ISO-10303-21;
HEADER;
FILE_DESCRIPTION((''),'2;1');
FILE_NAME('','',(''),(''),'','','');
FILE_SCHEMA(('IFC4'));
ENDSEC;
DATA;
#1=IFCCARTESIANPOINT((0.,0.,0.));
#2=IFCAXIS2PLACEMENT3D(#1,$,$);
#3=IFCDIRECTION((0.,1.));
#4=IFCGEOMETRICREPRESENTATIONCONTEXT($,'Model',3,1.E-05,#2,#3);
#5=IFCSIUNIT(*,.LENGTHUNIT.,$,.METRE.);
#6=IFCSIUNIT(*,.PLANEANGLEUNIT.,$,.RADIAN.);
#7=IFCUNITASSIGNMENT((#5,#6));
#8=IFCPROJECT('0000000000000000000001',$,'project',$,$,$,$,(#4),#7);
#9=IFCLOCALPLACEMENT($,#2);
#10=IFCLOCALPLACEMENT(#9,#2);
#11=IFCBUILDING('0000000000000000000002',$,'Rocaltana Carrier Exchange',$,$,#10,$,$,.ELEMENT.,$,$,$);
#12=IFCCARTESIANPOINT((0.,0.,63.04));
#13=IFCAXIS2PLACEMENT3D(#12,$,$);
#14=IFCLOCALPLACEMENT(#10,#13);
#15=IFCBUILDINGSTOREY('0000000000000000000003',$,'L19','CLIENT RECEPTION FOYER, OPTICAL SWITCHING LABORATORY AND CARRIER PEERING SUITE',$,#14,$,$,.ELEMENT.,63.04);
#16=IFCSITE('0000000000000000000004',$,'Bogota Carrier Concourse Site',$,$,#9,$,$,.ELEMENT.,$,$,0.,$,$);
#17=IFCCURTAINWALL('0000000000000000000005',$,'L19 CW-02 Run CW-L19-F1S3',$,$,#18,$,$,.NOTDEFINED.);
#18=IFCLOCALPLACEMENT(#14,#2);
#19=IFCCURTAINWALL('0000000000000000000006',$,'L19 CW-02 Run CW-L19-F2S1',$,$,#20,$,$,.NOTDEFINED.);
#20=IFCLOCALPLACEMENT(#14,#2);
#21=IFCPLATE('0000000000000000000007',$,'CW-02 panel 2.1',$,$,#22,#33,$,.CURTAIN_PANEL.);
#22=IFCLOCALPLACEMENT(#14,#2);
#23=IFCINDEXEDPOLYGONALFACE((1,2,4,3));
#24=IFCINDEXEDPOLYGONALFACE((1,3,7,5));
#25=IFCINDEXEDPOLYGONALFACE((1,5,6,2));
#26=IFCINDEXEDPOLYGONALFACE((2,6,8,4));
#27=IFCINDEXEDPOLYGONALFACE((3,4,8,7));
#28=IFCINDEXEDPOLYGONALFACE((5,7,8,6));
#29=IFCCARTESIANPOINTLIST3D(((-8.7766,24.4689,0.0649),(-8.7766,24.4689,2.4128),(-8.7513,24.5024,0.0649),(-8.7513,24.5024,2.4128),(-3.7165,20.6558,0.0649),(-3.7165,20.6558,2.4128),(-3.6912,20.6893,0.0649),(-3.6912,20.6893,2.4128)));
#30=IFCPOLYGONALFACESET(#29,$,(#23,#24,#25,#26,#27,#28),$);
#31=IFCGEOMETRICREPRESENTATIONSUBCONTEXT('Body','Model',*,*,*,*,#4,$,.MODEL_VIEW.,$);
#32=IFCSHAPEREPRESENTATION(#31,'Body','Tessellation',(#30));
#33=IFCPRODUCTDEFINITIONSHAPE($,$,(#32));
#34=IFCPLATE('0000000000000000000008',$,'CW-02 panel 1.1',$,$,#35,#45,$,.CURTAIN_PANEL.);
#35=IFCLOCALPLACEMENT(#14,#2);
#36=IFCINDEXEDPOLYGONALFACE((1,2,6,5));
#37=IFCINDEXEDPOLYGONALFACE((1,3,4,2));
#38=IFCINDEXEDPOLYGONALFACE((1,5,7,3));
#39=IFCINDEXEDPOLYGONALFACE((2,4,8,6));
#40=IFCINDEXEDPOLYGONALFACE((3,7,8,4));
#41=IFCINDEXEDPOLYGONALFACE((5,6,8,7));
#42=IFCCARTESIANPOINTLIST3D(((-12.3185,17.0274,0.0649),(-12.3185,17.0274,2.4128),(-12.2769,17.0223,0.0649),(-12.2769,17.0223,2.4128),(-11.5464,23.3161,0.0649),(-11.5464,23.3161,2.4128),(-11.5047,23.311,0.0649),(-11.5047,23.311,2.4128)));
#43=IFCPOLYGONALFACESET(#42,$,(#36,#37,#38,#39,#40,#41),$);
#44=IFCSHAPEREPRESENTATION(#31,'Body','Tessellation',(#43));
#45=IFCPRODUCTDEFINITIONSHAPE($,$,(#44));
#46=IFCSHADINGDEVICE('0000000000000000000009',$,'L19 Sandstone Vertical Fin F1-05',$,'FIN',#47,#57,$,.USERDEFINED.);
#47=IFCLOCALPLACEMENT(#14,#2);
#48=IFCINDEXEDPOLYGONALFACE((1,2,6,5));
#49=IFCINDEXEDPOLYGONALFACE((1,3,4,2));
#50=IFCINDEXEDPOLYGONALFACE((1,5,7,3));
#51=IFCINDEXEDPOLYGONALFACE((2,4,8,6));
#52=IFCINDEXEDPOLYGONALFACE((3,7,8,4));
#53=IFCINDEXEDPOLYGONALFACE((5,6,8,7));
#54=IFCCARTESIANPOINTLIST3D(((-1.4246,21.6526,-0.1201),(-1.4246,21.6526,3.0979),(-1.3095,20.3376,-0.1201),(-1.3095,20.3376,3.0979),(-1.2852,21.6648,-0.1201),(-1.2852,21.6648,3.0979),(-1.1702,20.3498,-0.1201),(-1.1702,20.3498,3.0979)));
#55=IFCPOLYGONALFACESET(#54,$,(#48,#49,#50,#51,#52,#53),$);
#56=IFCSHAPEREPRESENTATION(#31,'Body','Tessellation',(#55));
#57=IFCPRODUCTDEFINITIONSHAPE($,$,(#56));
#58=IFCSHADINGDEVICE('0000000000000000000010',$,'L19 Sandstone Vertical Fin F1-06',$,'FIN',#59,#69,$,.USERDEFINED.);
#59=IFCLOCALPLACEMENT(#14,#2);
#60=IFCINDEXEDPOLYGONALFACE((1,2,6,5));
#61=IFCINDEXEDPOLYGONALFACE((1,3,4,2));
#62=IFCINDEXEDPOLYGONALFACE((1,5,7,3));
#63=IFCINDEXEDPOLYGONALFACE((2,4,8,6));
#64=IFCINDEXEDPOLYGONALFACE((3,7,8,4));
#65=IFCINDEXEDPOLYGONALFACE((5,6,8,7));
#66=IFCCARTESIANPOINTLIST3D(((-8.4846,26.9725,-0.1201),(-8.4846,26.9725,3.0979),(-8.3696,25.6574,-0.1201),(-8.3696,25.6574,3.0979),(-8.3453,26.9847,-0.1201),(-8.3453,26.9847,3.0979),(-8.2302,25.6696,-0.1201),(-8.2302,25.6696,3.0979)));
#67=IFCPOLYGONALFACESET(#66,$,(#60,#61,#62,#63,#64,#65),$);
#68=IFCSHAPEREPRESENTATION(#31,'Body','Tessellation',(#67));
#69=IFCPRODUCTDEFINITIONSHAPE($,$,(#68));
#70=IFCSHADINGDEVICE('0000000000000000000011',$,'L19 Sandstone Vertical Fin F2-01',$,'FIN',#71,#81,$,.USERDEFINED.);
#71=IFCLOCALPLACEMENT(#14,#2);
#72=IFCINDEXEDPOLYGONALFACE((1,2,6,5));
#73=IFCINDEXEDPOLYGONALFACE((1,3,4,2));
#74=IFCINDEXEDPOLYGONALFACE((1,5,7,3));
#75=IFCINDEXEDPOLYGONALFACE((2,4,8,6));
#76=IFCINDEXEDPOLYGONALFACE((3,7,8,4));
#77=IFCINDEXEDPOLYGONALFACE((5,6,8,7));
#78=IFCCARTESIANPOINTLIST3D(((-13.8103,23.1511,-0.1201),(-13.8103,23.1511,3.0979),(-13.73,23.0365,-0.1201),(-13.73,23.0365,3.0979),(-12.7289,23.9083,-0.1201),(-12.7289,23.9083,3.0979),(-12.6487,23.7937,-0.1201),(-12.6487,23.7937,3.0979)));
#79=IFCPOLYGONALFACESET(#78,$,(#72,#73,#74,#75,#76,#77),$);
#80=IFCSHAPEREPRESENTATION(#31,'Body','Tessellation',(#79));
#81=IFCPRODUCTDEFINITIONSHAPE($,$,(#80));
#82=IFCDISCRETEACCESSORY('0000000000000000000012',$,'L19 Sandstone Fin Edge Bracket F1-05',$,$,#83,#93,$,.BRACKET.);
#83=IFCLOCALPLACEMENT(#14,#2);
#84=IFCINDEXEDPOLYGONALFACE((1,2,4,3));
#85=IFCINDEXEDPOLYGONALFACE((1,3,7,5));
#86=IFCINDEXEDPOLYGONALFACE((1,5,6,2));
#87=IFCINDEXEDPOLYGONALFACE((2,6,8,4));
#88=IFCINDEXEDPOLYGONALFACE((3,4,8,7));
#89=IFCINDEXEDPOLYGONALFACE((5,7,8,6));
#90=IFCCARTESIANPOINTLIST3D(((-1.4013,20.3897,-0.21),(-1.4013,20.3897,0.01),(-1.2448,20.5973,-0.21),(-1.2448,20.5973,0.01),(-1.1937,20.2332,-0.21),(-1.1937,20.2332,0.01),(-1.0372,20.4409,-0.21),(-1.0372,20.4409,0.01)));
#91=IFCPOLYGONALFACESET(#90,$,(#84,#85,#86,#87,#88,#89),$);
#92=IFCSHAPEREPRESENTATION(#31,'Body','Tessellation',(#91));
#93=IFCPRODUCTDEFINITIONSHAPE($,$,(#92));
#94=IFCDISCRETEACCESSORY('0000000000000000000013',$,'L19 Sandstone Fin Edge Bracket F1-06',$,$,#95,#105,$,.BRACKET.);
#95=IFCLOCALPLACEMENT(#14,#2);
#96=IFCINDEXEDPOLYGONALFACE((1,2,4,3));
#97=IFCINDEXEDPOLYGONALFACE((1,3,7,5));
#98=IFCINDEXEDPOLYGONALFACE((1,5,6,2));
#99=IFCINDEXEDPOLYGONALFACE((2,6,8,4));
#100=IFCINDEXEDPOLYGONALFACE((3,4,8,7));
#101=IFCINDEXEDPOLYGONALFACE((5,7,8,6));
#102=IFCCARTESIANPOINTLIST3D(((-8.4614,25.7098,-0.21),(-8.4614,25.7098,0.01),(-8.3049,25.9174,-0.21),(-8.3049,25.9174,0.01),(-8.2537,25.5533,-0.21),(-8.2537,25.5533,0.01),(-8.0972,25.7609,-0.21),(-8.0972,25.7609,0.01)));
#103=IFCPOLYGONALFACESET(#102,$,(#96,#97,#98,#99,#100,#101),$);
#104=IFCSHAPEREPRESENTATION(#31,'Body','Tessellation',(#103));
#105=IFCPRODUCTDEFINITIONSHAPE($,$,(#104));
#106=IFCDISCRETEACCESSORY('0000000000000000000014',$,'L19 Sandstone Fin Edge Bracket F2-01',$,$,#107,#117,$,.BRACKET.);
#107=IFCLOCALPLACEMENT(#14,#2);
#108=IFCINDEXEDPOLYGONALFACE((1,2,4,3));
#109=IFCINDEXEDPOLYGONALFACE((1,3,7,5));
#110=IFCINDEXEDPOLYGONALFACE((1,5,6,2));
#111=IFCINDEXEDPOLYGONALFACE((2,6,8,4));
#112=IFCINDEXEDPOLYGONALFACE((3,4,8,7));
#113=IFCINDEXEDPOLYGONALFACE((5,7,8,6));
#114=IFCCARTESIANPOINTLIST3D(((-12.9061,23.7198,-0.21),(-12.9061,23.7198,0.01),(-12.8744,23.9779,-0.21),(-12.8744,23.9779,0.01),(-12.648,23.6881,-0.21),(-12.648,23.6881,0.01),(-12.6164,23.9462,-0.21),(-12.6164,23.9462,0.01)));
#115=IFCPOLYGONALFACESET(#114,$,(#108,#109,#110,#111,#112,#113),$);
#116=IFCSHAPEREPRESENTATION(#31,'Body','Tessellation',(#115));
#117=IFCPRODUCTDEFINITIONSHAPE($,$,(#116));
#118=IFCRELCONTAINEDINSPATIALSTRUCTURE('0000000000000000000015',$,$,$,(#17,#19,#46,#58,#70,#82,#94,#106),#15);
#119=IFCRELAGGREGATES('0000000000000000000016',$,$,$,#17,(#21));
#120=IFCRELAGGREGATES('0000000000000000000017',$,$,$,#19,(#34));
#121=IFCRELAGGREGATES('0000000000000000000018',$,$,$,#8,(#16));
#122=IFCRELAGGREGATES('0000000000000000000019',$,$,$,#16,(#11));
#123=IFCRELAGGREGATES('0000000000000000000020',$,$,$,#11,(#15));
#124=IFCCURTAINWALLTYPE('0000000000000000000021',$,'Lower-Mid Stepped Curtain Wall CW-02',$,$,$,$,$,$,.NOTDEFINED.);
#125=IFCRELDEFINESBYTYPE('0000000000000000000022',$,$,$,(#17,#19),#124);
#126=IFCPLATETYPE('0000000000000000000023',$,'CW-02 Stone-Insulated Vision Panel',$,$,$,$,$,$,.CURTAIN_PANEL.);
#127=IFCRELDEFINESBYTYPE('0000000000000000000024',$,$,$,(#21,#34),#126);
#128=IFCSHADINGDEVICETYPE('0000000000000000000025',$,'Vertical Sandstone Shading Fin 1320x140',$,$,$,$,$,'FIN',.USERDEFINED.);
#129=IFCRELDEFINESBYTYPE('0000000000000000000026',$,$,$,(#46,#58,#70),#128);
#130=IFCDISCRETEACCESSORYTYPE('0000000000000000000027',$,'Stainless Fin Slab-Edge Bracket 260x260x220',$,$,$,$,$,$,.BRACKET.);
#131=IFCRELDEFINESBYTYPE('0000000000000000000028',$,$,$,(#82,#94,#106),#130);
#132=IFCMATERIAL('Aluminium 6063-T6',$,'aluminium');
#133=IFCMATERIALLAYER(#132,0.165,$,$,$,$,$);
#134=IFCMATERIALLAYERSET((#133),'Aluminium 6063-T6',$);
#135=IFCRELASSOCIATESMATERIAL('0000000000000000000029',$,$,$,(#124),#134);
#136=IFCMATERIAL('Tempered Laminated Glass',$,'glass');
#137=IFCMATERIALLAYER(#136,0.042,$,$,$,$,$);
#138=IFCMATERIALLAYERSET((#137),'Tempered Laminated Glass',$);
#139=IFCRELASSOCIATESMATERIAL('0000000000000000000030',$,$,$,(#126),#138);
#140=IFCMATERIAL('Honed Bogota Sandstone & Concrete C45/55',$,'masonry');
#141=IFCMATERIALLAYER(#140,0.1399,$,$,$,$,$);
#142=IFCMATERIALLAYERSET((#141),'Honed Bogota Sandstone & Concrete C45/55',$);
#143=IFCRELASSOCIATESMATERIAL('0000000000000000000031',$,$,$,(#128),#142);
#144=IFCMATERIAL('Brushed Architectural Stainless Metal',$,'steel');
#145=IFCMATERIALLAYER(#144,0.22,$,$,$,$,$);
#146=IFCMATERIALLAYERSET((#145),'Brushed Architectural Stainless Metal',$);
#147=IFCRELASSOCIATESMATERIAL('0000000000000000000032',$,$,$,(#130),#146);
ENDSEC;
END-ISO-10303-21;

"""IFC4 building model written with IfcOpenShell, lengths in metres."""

from ifc_helpers import new_model, si_unit, direction, frame, origin, origin_2d, place, context, subcontext, project, spatial, rectangle, extrude, material, layer, layer_set, type_object, element, aggregate, save


model = new_model("IFC4")

# Units and contexts
model_context = context("Model", 3, precision=1e-05, world=origin(), true_north=direction((0.0, 1.0)))
body_context = subcontext(model_context, "Body", "Model", "MODEL_VIEW")
ifc_project = project(units=[si_unit("LENGTHUNIT", "METRE"), si_unit("PLANEANGLEUNIT", "RADIAN")], contexts=[model_context])

# Site, building, storey
site_placement = place(None, origin())
site = spatial("IfcSite", under=ifc_project, at=site_placement, Name="Bogota Carrier Concourse Site", CompositionType="ELEMENT", RefElevation=0.0)
building_placement = place(site_placement, origin())
building = spatial("IfcBuilding", under=site, at=building_placement, Name="Rocaltana Carrier Exchange", CompositionType="ELEMENT")
storey_placement = place(building_placement, frame((0.0, 0.0, 63.04)))
storey = spatial("IfcBuildingStorey", under=building, at=storey_placement, Name="L19", Description="CLIENT RECEPTION FOYER, OPTICAL SWITCHING LABORATORY AND CARRIER PEERING SUITE", CompositionType="ELEMENT", Elevation=63.04)

# Curtain wall
ifc_material_1 = material(Name="Aluminium 6063-T6", Category="aluminium")
ifc_layer_1 = layer(ifc_material_1, 0.165)
ifc_layer_set_1 = layer_set([ifc_layer_1], Name="Aluminium 6063-T6")
curtain_wall_type = type_object("IfcCurtainWallType", Name="Lower-Mid Stepped Curtain Wall CW-02", PredefinedType="NOTDEFINED", material=ifc_layer_set_1)
curtain_wall_1_placement = place(storey_placement, origin())
curtain_wall_1 = element("IfcCurtainWall", 1, at=curtain_wall_1_placement, inside=storey, type_object=curtain_wall_type, Name="L19 CW-02 Run CW-L19-F1S3", PredefinedType="NOTDEFINED")

# Curtain wall
curtain_wall_2_placement = place(storey_placement, origin())
curtain_wall_2 = element("IfcCurtainWall", 2, at=curtain_wall_2_placement, inside=storey, type_object=curtain_wall_type, Name="L19 CW-02 Run CW-L19-F2S1", PredefinedType="NOTDEFINED")

# Plates
ifc_material_2 = material(Name="Tempered Laminated Glass", Category="glass")
ifc_layer_2 = layer(ifc_material_2, 0.042)
ifc_layer_set_2 = layer_set([ifc_layer_2], Name="Tempered Laminated Glass")
plate_type = type_object("IfcPlateType", Name="CW-02 Stone-Insulated Vision Panel", PredefinedType="CURTAIN_PANEL", material=ifc_layer_set_2)
plate_1_placement = place(storey_placement, frame((-6.2339, 22.5791, 0.0649), z_axis=(0.0, 0.0, 1.0), x_axis=(-0.798638, 0.601812, 0.0)))
plate_1 = element("IfcPlate", 3, at=plate_1_placement, type_object=plate_type, Name="CW-02 panel 2.1", PredefinedType="CURTAIN_PANEL", context=body_context, shape_type="SweptSolid", body=[
    extrude(rectangle(XDim=6.3359, YDim=0.042, at=origin_2d()), origin(), (0.0, 0.0, 1.0), 2.3479),
])
aggregate(curtain_wall_1, [plate_1])
plate_2_placement = place(storey_placement, frame((-11.9116, 20.1692, 0.0649), z_axis=(0.0, 0.0, 1.0), x_axis=(-0.121873, -0.992546, 0.0)))
plate_2 = element("IfcPlate", 4, at=plate_2_placement, type_object=plate_type, Name="CW-02 panel 1.1", PredefinedType="CURTAIN_PANEL", context=body_context, shape_type="SweptSolid", body=[
    extrude(rectangle(XDim=6.3359, YDim=0.042, at=origin_2d()), origin(), (0.0, 0.0, 1.0), 2.3479),
])
aggregate(curtain_wall_2, [plate_2])

# Shading devices
ifc_material_3 = material(Name="Honed Bogota Sandstone & Concrete C45/55", Category="masonry")
ifc_layer_3 = layer(ifc_material_3, 0.1399)
ifc_layer_set_3 = layer_set([ifc_layer_3], Name="Honed Bogota Sandstone & Concrete C45/55")
shading_device_type = type_object("IfcShadingDeviceType", Name="Vertical Sandstone Shading Fin 1320x140", ElementType="FIN", PredefinedType="USERDEFINED", material=ifc_layer_set_3)
for number, where, z_axis, x_axis, name in (
    (5, (-1.2974, 21.0012, -0.1201), (0.0, 0.0, 1.0), (-0.087156, 0.996195, 0.0), "L19 Sandstone Vertical Fin F1-05"),
    (6, (-8.3574, 26.321, -0.1201), (0.0, 0.0, 1.0), (-0.087156, 0.996195, 0.0), "L19 Sandstone Vertical Fin F1-06"),
    (7, (-13.2295, 23.4724, -0.1201), (0.0, 0.0, 1.0), (-0.819152, -0.573576, 0.0), "L19 Sandstone Vertical Fin F2-01"),
):
    element("IfcShadingDevice", number, at=place(storey_placement, frame(where, z_axis=z_axis, x_axis=x_axis)), inside=storey, type_object=shading_device_type, Name=name, ObjectType="FIN", PredefinedType="USERDEFINED", context=body_context, shape_type="SweptSolid", body=[
        extrude(rectangle(XDim=1.3201, YDim=0.1399, at=origin_2d()), origin(), (0.0, 0.0, 1.0), 3.218),
    ])

# Discrete accessories
ifc_material_4 = material(Name="Brushed Architectural Stainless Metal", Category="steel")
ifc_layer_4 = layer(ifc_material_4, 0.22)
ifc_layer_set_4 = layer_set([ifc_layer_4], Name="Brushed Architectural Stainless Metal")
discrete_accessory_type = type_object("IfcDiscreteAccessoryType", Name="Stainless Fin Slab-Edge Bracket 260x260x220", PredefinedType="BRACKET", material=ifc_layer_set_4)
for number, where, z_axis, x_axis, name in (
    (8, (-1.2192, 20.4153, -0.21), (0.0, 0.0, 1.0), (-0.798636, 0.601815, 0.0), "L19 Sandstone Fin Edge Bracket F1-05"),
    (9, (-8.2793, 25.7354, -0.21), (0.0, 0.0, 1.0), (-0.798636, 0.601815, 0.0), "L19 Sandstone Fin Edge Bracket F1-06"),
    (10, (-12.7612, 23.833, -0.21), (0.0, 0.0, 1.0), (-0.121869, -0.992546, 0.0), "L19 Sandstone Fin Edge Bracket F2-01"),
):
    element("IfcDiscreteAccessory", number, at=place(storey_placement, frame(where, z_axis=z_axis, x_axis=x_axis)), inside=storey, type_object=discrete_accessory_type, Name=name, PredefinedType="BRACKET", context=body_context, shape_type="SweptSolid", body=[
        extrude(rectangle(XDim=0.26, YDim=0.26, at=origin_2d()), origin(), (0.0, 0.0, 1.0), 0.22),
    ])

save(model, "model.ifc")
